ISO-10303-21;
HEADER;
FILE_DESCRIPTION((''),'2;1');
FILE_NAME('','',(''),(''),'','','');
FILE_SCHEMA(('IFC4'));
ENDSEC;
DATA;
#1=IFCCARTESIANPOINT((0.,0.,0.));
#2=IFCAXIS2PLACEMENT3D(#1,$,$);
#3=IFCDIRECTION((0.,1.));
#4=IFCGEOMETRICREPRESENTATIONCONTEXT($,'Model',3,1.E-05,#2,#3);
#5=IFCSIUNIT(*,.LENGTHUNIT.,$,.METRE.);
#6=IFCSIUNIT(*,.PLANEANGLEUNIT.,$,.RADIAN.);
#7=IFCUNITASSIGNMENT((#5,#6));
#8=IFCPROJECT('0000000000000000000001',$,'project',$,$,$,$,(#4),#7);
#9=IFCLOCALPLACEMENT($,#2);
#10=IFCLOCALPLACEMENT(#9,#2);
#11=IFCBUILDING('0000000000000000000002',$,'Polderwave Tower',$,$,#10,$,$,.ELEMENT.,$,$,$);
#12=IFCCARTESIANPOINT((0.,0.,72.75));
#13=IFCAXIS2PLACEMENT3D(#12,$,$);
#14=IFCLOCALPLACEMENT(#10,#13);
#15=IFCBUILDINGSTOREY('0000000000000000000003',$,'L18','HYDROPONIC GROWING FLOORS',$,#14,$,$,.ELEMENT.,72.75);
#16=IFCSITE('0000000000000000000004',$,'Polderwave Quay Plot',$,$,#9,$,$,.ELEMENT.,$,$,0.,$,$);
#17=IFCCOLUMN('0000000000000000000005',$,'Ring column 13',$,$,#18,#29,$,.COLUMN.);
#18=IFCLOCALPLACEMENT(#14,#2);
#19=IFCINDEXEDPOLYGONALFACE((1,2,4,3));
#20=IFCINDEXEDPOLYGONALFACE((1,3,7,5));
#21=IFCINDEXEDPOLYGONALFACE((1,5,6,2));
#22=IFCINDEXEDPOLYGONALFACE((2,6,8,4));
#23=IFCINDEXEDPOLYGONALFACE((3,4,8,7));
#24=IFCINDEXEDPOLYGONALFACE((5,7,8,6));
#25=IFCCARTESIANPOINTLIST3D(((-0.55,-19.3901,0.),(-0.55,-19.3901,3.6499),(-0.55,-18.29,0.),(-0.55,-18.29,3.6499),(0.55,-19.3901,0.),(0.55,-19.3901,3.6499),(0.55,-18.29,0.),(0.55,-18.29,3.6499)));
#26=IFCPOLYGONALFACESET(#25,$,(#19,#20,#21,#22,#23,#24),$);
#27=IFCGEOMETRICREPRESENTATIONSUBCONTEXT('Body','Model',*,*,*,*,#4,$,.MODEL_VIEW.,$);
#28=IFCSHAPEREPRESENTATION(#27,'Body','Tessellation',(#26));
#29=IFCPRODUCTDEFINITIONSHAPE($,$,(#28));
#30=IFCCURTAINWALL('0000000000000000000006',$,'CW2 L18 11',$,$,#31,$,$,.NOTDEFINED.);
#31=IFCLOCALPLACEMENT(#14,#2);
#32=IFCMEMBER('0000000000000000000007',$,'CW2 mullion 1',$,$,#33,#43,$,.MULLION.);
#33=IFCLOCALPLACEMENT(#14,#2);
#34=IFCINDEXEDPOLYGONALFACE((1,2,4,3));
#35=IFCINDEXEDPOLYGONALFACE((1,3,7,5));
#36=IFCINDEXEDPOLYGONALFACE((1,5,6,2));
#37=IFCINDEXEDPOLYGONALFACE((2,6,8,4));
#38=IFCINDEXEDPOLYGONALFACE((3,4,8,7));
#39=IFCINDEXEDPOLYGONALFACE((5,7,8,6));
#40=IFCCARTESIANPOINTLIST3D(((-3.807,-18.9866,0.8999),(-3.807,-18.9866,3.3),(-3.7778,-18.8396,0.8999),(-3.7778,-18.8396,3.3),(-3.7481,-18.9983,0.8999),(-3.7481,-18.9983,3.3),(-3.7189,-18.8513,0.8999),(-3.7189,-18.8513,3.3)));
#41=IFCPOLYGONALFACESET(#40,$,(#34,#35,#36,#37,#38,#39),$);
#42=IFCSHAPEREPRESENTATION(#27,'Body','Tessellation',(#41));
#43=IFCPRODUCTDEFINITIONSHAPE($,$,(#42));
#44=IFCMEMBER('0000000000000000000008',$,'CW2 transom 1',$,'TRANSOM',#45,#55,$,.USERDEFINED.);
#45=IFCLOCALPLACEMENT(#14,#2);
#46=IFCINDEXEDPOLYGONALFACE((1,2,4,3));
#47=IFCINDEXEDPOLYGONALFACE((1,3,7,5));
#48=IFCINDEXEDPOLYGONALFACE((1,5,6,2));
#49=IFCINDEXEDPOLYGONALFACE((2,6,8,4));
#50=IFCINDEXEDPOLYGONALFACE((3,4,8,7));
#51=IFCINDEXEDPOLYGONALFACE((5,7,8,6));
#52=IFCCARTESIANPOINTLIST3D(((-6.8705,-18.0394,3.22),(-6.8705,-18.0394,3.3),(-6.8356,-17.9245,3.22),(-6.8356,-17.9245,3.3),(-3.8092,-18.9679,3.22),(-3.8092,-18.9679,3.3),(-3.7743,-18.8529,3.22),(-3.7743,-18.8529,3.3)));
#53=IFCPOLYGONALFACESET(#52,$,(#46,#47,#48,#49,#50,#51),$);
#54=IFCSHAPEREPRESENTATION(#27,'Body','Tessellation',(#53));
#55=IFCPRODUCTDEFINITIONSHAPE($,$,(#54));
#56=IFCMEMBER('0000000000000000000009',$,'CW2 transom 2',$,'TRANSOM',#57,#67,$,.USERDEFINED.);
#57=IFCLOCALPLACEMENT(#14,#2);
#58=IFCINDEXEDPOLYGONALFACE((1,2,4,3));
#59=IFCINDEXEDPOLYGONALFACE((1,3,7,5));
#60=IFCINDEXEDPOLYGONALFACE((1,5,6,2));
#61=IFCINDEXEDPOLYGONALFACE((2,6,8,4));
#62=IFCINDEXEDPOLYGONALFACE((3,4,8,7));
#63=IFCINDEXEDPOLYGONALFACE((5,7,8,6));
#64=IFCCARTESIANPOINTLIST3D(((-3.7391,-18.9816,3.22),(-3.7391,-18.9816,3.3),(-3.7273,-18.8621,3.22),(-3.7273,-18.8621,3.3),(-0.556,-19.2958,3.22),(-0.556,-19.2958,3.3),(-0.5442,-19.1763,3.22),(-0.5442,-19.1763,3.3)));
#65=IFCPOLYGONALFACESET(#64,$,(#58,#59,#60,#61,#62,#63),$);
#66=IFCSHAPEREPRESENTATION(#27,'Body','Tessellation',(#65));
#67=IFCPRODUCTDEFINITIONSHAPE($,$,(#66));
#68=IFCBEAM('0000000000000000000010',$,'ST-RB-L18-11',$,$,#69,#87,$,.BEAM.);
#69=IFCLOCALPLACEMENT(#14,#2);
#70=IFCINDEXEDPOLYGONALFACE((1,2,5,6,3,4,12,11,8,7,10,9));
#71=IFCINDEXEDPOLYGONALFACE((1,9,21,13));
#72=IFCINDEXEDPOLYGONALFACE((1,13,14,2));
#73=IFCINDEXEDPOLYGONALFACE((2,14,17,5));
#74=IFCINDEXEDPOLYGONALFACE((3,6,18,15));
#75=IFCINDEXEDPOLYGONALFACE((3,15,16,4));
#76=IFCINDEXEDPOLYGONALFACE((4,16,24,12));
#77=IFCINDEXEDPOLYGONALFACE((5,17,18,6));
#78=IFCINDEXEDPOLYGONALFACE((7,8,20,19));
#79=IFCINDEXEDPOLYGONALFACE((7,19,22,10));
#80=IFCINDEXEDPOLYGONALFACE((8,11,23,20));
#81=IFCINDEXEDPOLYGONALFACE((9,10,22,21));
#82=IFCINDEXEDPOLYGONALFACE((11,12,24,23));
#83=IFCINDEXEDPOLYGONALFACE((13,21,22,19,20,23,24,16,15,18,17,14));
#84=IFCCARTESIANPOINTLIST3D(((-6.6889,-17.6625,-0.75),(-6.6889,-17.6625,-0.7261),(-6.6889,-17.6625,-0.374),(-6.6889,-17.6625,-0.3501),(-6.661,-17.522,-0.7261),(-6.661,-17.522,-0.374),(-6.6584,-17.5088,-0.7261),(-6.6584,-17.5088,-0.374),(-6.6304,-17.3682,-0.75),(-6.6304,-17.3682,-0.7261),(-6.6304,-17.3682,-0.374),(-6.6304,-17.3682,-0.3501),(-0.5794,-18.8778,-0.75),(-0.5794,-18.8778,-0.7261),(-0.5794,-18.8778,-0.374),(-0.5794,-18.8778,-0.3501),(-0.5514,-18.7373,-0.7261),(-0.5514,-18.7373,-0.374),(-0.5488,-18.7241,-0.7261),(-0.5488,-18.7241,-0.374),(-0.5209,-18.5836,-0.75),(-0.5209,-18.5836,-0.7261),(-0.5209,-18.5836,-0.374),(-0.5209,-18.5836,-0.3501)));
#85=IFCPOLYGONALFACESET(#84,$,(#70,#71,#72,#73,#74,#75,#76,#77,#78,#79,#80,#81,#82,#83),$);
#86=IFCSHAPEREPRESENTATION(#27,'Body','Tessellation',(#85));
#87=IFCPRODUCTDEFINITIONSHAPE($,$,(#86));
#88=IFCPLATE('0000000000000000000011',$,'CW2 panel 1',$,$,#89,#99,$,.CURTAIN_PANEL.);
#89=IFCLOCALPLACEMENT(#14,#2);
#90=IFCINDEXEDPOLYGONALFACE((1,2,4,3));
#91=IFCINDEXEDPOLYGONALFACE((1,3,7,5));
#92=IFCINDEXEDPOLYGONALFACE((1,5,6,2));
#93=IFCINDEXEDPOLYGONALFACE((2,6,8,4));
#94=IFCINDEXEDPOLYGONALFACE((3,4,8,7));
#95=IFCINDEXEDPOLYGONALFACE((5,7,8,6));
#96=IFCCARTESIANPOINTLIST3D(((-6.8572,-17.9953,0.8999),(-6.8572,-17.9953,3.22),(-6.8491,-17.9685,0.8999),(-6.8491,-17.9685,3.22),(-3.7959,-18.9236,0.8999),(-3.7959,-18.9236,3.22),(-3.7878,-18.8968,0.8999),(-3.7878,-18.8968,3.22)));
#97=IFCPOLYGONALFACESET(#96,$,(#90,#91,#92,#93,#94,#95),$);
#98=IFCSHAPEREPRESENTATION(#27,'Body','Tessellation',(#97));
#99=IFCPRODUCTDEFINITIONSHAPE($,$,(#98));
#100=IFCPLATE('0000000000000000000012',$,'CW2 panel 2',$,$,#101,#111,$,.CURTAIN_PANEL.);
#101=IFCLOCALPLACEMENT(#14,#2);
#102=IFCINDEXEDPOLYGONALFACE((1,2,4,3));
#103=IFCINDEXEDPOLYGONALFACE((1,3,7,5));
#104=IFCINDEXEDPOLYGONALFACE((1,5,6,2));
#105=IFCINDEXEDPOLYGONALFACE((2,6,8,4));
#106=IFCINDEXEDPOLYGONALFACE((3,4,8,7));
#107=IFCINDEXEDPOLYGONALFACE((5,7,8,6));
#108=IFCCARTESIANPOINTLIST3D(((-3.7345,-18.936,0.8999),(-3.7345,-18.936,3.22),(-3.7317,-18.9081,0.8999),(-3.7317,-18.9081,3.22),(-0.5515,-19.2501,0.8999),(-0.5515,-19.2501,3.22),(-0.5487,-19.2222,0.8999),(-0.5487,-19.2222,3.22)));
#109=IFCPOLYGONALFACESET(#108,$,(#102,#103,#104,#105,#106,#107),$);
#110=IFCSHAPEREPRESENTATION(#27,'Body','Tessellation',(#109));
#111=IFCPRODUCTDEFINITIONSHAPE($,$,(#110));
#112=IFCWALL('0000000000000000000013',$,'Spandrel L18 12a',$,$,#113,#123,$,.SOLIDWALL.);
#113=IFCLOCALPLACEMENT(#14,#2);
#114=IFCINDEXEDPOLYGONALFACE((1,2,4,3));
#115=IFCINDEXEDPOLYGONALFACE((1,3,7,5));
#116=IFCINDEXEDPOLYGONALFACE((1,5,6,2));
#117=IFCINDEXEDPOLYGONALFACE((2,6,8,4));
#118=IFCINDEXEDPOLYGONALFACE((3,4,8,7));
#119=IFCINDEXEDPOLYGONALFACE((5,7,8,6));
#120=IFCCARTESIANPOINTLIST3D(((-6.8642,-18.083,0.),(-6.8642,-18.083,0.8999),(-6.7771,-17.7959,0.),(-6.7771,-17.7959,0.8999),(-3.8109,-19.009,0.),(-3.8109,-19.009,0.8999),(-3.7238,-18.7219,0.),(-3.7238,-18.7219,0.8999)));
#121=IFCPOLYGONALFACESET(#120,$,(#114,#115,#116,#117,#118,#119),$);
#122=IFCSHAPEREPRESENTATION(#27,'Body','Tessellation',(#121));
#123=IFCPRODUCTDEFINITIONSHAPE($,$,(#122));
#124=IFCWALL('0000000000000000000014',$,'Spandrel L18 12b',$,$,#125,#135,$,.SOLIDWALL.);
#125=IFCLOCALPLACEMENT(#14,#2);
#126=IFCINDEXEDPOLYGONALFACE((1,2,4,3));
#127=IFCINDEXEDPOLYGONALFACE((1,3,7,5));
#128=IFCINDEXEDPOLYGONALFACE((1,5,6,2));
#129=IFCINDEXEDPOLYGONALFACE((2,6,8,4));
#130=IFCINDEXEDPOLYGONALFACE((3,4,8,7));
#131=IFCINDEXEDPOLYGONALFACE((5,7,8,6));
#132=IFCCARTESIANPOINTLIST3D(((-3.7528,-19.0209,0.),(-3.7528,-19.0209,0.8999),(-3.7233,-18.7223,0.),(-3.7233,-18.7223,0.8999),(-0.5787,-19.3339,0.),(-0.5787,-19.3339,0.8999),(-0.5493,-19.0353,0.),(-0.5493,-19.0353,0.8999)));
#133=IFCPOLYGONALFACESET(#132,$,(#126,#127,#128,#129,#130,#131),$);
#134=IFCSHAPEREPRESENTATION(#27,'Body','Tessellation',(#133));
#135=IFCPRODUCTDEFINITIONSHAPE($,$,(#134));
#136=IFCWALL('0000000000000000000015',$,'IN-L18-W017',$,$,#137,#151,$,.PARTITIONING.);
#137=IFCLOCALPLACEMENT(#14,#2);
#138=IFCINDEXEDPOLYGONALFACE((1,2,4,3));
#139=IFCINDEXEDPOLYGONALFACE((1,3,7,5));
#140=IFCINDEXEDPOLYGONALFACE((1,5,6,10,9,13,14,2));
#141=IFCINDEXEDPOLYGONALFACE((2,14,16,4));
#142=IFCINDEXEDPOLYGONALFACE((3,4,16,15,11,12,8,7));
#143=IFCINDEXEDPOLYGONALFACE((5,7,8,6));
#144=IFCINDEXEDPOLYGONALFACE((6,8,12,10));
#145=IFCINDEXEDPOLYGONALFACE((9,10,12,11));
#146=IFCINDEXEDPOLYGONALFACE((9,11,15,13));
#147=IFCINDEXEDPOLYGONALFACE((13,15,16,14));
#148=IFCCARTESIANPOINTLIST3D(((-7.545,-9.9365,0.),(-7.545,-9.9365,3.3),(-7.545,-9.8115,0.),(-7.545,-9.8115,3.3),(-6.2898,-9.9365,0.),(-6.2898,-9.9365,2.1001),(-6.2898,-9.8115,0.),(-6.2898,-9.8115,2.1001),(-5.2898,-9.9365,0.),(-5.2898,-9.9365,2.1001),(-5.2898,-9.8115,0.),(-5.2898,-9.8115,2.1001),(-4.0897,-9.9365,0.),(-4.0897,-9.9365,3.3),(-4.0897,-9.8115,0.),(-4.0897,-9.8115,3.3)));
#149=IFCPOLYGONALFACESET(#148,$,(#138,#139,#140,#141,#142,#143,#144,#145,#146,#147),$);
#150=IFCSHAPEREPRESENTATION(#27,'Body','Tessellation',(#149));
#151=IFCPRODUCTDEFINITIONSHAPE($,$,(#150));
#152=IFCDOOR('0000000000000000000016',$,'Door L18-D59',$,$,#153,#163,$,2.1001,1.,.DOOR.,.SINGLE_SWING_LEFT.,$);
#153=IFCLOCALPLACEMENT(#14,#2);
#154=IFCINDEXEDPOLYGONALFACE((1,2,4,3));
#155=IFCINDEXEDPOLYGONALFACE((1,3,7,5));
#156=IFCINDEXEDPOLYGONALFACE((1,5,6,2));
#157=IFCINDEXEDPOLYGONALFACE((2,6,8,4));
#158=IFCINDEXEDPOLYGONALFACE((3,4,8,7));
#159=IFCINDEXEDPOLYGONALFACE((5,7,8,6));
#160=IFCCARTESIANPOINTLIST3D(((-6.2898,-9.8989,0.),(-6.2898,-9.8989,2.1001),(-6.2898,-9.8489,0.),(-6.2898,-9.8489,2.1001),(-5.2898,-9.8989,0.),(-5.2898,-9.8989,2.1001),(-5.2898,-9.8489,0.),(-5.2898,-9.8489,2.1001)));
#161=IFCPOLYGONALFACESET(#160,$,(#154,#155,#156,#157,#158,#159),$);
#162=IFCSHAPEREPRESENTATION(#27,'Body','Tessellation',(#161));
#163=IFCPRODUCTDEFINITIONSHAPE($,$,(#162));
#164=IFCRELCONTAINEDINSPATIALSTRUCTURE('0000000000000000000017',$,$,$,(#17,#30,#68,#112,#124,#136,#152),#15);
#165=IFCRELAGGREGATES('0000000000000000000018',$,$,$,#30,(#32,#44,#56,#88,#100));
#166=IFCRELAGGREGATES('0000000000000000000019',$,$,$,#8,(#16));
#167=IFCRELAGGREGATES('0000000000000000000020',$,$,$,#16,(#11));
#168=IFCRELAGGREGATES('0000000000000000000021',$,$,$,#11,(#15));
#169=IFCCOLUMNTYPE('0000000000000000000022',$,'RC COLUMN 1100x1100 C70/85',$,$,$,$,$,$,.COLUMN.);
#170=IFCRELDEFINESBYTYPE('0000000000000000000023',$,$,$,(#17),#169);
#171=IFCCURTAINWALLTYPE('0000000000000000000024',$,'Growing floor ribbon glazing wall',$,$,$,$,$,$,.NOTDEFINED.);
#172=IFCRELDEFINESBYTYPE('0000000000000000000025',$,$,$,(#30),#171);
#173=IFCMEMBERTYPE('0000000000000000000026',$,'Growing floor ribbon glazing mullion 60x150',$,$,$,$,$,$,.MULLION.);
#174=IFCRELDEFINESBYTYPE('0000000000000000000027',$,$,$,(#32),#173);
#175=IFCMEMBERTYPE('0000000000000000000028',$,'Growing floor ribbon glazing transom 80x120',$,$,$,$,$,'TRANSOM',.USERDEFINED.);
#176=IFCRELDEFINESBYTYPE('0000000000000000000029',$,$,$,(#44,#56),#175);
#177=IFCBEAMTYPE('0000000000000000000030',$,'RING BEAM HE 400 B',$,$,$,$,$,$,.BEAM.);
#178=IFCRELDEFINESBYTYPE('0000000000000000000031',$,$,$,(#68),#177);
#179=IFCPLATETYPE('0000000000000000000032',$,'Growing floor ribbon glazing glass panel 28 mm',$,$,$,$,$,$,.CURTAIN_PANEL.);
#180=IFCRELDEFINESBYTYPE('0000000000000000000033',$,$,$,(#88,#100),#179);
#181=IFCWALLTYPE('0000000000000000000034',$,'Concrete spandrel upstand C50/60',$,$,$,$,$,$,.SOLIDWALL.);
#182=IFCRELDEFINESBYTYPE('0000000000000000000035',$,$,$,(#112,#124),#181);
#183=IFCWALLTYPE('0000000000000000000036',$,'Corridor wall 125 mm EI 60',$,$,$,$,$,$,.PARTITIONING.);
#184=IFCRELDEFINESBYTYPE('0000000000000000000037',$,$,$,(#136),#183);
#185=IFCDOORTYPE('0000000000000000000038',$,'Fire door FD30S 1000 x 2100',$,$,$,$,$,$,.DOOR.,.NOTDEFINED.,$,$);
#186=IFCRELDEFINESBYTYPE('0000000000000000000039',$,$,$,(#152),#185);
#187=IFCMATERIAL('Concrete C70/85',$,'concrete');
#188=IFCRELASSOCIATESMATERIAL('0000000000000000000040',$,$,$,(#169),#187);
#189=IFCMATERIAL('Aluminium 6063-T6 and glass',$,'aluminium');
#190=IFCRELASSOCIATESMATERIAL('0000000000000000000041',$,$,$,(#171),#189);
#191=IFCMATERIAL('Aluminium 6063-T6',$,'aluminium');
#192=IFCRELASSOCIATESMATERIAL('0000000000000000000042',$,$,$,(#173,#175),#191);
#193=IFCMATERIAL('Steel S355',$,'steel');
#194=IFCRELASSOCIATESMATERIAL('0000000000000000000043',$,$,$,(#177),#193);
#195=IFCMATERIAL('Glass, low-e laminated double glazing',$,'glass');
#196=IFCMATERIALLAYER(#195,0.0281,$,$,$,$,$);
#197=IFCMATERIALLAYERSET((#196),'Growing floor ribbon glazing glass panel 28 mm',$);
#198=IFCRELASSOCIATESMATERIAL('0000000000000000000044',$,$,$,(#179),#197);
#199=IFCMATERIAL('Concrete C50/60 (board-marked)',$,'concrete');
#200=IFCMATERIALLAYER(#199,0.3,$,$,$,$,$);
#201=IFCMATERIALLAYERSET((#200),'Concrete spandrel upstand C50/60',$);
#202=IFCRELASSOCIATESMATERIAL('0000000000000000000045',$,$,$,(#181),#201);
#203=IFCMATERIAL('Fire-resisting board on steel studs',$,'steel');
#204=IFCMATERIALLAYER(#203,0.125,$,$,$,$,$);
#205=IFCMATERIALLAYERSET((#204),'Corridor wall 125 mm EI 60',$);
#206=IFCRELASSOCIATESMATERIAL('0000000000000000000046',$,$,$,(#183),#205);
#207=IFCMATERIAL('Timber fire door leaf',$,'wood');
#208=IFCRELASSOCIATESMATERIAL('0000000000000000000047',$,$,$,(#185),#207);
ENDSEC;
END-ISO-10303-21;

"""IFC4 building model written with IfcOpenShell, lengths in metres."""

from ifc_helpers import new_model, si_unit, direction, frame, frame_2d, origin, origin_2d, place, context, subcontext, project, spatial, rectangle, i_section, extrude, material, layer, layer_set, material_profile, profile_set, type_object, element, fill, aggregate, save


model = new_model("IFC4")

# Units and contexts
model_context = context("Model", 3, precision=1e-05, world=origin(), true_north=direction((0.0, 1.0)))
body_context = subcontext(model_context, "Body", "Model", "MODEL_VIEW")
ifc_project = project(units=[si_unit("LENGTHUNIT", "METRE"), si_unit("PLANEANGLEUNIT", "RADIAN")], contexts=[model_context])

# Site, building, storey
site_placement = place(None, origin())
site = spatial("IfcSite", under=ifc_project, at=site_placement, Name="Polderwave Quay Plot", CompositionType="ELEMENT", RefElevation=0.0)
building_placement = place(site_placement, origin())
building = spatial("IfcBuilding", under=site, at=building_placement, Name="Polderwave Tower", CompositionType="ELEMENT")
storey_placement = place(building_placement, frame((0.0, 0.0, 72.75)))
storey = spatial("IfcBuildingStorey", under=building, at=storey_placement, Name="L18", Description="HYDROPONIC GROWING FLOORS", CompositionType="ELEMENT", Elevation=72.75)

# Column
ifc_material_1 = material(Name="Concrete C70/85", Category="concrete")
ifc_material_profile_1 = material_profile(ifc_material_1, rectangle(XDim=1.1001, YDim=1.1001, at=origin_2d()), Name="RC 1100x1100")
ifc_profile_set_1 = profile_set([ifc_material_profile_1], Name="Concrete C70/85")
column_type = type_object("IfcColumnType", Name="RC COLUMN 1100x1100 C70/85", PredefinedType="COLUMN", material=ifc_profile_set_1)
column_placement = place(storey_placement, frame((0.0, -18.8401, 0.0), z_axis=(0.0, 0.0, 1.0), x_axis=(0.0, -1.0, 0.0)))
element("IfcColumn", 1, at=column_placement, inside=storey, type_object=column_type, Name="Ring column 13", PredefinedType="COLUMN", context=body_context, shape_type="SweptSolid", body=[
    extrude(rectangle(XDim=1.1001, YDim=1.1001, at=origin_2d()), origin(), (0.0, 0.0, 1.0), 3.6499),
])

# Curtain wall, members
ifc_material_2 = material(Name="Aluminium 6063-T6 and glass", Category="aluminium")
curtain_wall_type = type_object("IfcCurtainWallType", Name="Growing floor ribbon glazing wall", PredefinedType="NOTDEFINED", material=ifc_material_2)
curtain_wall_placement = place(storey_placement, origin())
curtain_wall = element("IfcCurtainWall", 2, at=curtain_wall_placement, inside=storey, type_object=curtain_wall_type, Name="CW2 L18 11", PredefinedType="NOTDEFINED")
ifc_material_3 = material(Name="Aluminium 6063-T6", Category="aluminium")
ifc_material_profile_2 = material_profile(ifc_material_3, rectangle(XDim=0.1499, YDim=0.0601, at=origin_2d()), Name="AL 60x150")
ifc_profile_set_2 = profile_set([ifc_material_profile_2], Name="Aluminium 6063-T6")
member_type_1 = type_object("IfcMemberType", Name="Growing floor ribbon glazing mullion 60x150", PredefinedType="MULLION", material=ifc_profile_set_2)
member_1_placement = place(storey_placement, frame((-3.7629, -18.9189, 0.8999), z_axis=(0.0, 0.0, 1.0), x_axis=(0.195123, 0.980779, 0.0)))
member_1 = element("IfcMember", 3, at=member_1_placement, type_object=member_type_1, Name="CW2 mullion 1", PredefinedType="MULLION", context=body_context, shape_type="SweptSolid", body=[
    extrude(rectangle(XDim=0.1499, YDim=0.0601, at=origin_2d()), origin(), (0.0, 0.0, 1.0), 2.4001),
])
ifc_material_profile_3 = material_profile(ifc_material_3, rectangle(XDim=0.1201, YDim=0.0801, at=origin_2d()), Name="AL 80x120")
ifc_profile_set_3 = profile_set([ifc_material_profile_3], Name="Aluminium 6063-T6")
member_type_2 = type_object("IfcMemberType", Name="Growing floor ribbon glazing transom 80x120", ElementType="TRANSOM", PredefinedType="USERDEFINED", material=ifc_profile_set_3)
member_2_placement = place(storey_placement, frame((-6.853, -17.9819, 3.26), z_axis=(0.956954, -0.290238, 0.0), x_axis=(0.290238, 0.956954, 0.0)))
member_2 = element("IfcMember", 4, at=member_2_placement, type_object=member_type_2, Name="CW2 transom 1", ObjectType="TRANSOM", PredefinedType="USERDEFINED", context=body_context, shape_type="SweptSolid", body=[
    extrude(rectangle(XDim=0.1201, YDim=0.0801, at=origin_2d()), origin(), (0.0, 0.0, 1.0), 3.199),
])
member_3_placement = place(storey_placement, frame((-3.7332, -18.9219, 3.26), z_axis=(0.995163, -0.098234, 0.0), x_axis=(0.098234, 0.995163, 0.0)))
member_3 = element("IfcMember", 5, at=member_3_placement, type_object=member_type_2, Name="CW2 transom 2", ObjectType="TRANSOM", PredefinedType="USERDEFINED", context=body_context, shape_type="SweptSolid", body=[
    extrude(rectangle(XDim=0.1201, YDim=0.0801, at=origin_2d()), origin(), (0.0, 0.0, 1.0), 3.1985),
])

# Beam
ifc_material_4 = material(Name="Steel S355", Category="steel")
ifc_material_profile_4 = material_profile(ifc_material_4, i_section(OverallWidth=0.3, OverallDepth=0.3999, WebThickness=0.0134, FlangeThickness=0.0239, at=origin_2d()), Name="HE 400 B")
ifc_profile_set_4 = profile_set([ifc_material_profile_4], Name="Steel S355")
beam_type = type_object("IfcBeamType", Name="RING BEAM HE 400 B", PredefinedType="BEAM", material=ifc_profile_set_4)
beam_placement = place(storey_placement, frame((-6.6597, -17.5154, -0.55), z_axis=(0.980784, -0.195099, 0.0), x_axis=(0.195099, 0.980784, 0.0)))
element("IfcBeam", 6, at=beam_placement, inside=storey, type_object=beam_type, Name="ST-RB-L18-11", PredefinedType="BEAM", context=body_context, shape_type="SweptSolid", body=[
    extrude(i_section(OverallWidth=0.3, OverallDepth=0.3999, WebThickness=0.0134, FlangeThickness=0.0239, at=origin_2d()), origin(), (0.0, 0.0, 1.0), 6.2292),
])

# Plates
ifc_material_5 = material(Name="Glass, low-e laminated double glazing", Category="glass")
ifc_layer_1 = layer(ifc_material_5, 0.0281)
ifc_layer_set_1 = layer_set([ifc_layer_1], Name="Growing floor ribbon glazing glass panel 28 mm")
plate_type = type_object("IfcPlateType", Name="Growing floor ribbon glazing glass panel 28 mm", PredefinedType="CURTAIN_PANEL", material=ifc_layer_set_1)
plate_1_placement = place(storey_placement, frame((-5.3225, -18.446, 0.8999), z_axis=(0.0, 0.0, 1.0), x_axis=(0.95697, -0.290188, 0.0)))
plate_1 = element("IfcPlate", 7, at=plate_1_placement, type_object=plate_type, Name="CW2 panel 1", PredefinedType="CURTAIN_PANEL", context=body_context, shape_type="SweptSolid", body=[
    extrude(rectangle(XDim=3.199, YDim=0.0281, at=origin_2d()), origin(), (0.0, 0.0, 1.0), 2.3201),
])
plate_2_placement = place(storey_placement, frame((-2.1416, -19.0791, 0.8999), z_axis=(0.0, 0.0, 1.0), x_axis=(0.995168, -0.098186, 0.0)))
plate_2 = element("IfcPlate", 8, at=plate_2_placement, type_object=plate_type, Name="CW2 panel 2", PredefinedType="CURTAIN_PANEL", context=body_context, shape_type="SweptSolid", body=[
    extrude(rectangle(XDim=3.1985, YDim=0.0281, at=origin_2d()), origin(), (0.0, 0.0, 1.0), 2.3201),
])
aggregate(curtain_wall, [member_1, member_2, member_3, plate_1, plate_2])

# Walls
ifc_material_6 = material(Name="Concrete C50/60 (board-marked)", Category="concrete")
ifc_layer_2 = layer(ifc_material_6, 0.3)
ifc_layer_set_2 = layer_set([ifc_layer_2], Name="Concrete spandrel upstand C50/60")
wall_type_1 = type_object("IfcWallType", Name="Concrete spandrel upstand C50/60", PredefinedType="SOLIDWALL", material=ifc_layer_set_2)
wall_1_placement = place(storey_placement, frame((-6.8206, -17.9395, 0.0), z_axis=(0.0, 0.0, 1.0), x_axis=(0.956954, -0.290239, 0.0)))
element("IfcWall", 9, at=wall_1_placement, inside=storey, type_object=wall_type_1, Name="Spandrel L18 12a", PredefinedType="SOLIDWALL", context=body_context, shape_type="SweptSolid", body=[
    extrude(rectangle(XDim=3.1907, YDim=0.3, at=frame_2d((1.5952, 0.0))), origin(), (0.0, 0.0, 1.0), 0.8999),
])
wall_2_placement = place(storey_placement, frame((-3.738, -18.8716, 0.0), z_axis=(0.0, 0.0, 1.0), x_axis=(0.995173, -0.098132, 0.0)))
element("IfcWall", 10, at=wall_2_placement, inside=storey, type_object=wall_type_1, Name="Spandrel L18 12b", PredefinedType="SOLIDWALL", context=body_context, shape_type="SweptSolid", body=[
    extrude(rectangle(XDim=3.1895, YDim=0.3, at=frame_2d((1.5947, 0.0))), origin(), (0.0, 0.0, 1.0), 0.8999),
])

# Wall, opening, door
ifc_material_7 = material(Name="Fire-resisting board on steel studs", Category="steel")
ifc_layer_3 = layer(ifc_material_7, 0.125)
ifc_layer_set_3 = layer_set([ifc_layer_3], Name="Corridor wall 125 mm EI 60")
wall_type_2 = type_object("IfcWallType", Name="Corridor wall 125 mm EI 60", PredefinedType="PARTITIONING", material=ifc_layer_set_3)
wall_3_placement = place(storey_placement, frame((-4.0898, -9.874, 0.0), z_axis=(0.0, 0.0, 1.0), x_axis=(-1.0, 0.0, 0.0)))
wall_3 = element("IfcWall", 11, at=wall_3_placement, inside=storey, type_object=wall_type_2, Name="IN-L18-W017", PredefinedType="PARTITIONING", context=body_context, shape_type="SweptSolid", body=[
    extrude(rectangle(XDim=3.4553, YDim=0.125, at=frame_2d((1.7275, 0.0))), origin(), (0.0, 0.0, 1.0), 3.3),
])
opening_1_placement = place(wall_3_placement, frame((1.2, 0.0, 0.0)))
opening_1 = element("IfcOpeningElement", 12, at=opening_1_placement, cuts=wall_3, PredefinedType="OPENING", context=body_context, shape_type="SweptSolid", body=[
    extrude(rectangle(XDim=1.0, YDim=2.1001, at=frame_2d((0.5, 1.05))), frame((0.0, 0.0725, 0.0), z_axis=(0.0, -1.0, 0.0), x_axis=(1.0, 0.0, 0.0)), (0.0, 0.0, 1.0), 0.145),
])
ifc_material_8 = material(Name="Timber fire door leaf", Category="wood")
door_type_1 = type_object("IfcDoorType", Name="Fire door FD30S 1000 x 2100", OperationType="NOTDEFINED", PredefinedType="DOOR", material=ifc_material_8)
door_1_placement = place(opening_1_placement, origin())
door_1 = element("IfcDoor", 13, at=door_1_placement, inside=storey, type_object=door_type_1, Name="Door L18-D59", OperationType="SINGLE_SWING_LEFT", OverallHeight=2.1001, OverallWidth=1.0, PredefinedType="DOOR", context=body_context, shape_type="SweptSolid", body=[
    extrude(rectangle(XDim=1.0, YDim=2.1001, at=frame_2d((0.5, 1.05))), frame((0.0, 0.0249, 0.0), z_axis=(0.0, -1.0, 0.0), x_axis=(1.0, 0.0, 0.0)), (0.0, 0.0, 1.0), 0.05),
])
fill(opening_1, door_1)

save(model, "model.ifc")
